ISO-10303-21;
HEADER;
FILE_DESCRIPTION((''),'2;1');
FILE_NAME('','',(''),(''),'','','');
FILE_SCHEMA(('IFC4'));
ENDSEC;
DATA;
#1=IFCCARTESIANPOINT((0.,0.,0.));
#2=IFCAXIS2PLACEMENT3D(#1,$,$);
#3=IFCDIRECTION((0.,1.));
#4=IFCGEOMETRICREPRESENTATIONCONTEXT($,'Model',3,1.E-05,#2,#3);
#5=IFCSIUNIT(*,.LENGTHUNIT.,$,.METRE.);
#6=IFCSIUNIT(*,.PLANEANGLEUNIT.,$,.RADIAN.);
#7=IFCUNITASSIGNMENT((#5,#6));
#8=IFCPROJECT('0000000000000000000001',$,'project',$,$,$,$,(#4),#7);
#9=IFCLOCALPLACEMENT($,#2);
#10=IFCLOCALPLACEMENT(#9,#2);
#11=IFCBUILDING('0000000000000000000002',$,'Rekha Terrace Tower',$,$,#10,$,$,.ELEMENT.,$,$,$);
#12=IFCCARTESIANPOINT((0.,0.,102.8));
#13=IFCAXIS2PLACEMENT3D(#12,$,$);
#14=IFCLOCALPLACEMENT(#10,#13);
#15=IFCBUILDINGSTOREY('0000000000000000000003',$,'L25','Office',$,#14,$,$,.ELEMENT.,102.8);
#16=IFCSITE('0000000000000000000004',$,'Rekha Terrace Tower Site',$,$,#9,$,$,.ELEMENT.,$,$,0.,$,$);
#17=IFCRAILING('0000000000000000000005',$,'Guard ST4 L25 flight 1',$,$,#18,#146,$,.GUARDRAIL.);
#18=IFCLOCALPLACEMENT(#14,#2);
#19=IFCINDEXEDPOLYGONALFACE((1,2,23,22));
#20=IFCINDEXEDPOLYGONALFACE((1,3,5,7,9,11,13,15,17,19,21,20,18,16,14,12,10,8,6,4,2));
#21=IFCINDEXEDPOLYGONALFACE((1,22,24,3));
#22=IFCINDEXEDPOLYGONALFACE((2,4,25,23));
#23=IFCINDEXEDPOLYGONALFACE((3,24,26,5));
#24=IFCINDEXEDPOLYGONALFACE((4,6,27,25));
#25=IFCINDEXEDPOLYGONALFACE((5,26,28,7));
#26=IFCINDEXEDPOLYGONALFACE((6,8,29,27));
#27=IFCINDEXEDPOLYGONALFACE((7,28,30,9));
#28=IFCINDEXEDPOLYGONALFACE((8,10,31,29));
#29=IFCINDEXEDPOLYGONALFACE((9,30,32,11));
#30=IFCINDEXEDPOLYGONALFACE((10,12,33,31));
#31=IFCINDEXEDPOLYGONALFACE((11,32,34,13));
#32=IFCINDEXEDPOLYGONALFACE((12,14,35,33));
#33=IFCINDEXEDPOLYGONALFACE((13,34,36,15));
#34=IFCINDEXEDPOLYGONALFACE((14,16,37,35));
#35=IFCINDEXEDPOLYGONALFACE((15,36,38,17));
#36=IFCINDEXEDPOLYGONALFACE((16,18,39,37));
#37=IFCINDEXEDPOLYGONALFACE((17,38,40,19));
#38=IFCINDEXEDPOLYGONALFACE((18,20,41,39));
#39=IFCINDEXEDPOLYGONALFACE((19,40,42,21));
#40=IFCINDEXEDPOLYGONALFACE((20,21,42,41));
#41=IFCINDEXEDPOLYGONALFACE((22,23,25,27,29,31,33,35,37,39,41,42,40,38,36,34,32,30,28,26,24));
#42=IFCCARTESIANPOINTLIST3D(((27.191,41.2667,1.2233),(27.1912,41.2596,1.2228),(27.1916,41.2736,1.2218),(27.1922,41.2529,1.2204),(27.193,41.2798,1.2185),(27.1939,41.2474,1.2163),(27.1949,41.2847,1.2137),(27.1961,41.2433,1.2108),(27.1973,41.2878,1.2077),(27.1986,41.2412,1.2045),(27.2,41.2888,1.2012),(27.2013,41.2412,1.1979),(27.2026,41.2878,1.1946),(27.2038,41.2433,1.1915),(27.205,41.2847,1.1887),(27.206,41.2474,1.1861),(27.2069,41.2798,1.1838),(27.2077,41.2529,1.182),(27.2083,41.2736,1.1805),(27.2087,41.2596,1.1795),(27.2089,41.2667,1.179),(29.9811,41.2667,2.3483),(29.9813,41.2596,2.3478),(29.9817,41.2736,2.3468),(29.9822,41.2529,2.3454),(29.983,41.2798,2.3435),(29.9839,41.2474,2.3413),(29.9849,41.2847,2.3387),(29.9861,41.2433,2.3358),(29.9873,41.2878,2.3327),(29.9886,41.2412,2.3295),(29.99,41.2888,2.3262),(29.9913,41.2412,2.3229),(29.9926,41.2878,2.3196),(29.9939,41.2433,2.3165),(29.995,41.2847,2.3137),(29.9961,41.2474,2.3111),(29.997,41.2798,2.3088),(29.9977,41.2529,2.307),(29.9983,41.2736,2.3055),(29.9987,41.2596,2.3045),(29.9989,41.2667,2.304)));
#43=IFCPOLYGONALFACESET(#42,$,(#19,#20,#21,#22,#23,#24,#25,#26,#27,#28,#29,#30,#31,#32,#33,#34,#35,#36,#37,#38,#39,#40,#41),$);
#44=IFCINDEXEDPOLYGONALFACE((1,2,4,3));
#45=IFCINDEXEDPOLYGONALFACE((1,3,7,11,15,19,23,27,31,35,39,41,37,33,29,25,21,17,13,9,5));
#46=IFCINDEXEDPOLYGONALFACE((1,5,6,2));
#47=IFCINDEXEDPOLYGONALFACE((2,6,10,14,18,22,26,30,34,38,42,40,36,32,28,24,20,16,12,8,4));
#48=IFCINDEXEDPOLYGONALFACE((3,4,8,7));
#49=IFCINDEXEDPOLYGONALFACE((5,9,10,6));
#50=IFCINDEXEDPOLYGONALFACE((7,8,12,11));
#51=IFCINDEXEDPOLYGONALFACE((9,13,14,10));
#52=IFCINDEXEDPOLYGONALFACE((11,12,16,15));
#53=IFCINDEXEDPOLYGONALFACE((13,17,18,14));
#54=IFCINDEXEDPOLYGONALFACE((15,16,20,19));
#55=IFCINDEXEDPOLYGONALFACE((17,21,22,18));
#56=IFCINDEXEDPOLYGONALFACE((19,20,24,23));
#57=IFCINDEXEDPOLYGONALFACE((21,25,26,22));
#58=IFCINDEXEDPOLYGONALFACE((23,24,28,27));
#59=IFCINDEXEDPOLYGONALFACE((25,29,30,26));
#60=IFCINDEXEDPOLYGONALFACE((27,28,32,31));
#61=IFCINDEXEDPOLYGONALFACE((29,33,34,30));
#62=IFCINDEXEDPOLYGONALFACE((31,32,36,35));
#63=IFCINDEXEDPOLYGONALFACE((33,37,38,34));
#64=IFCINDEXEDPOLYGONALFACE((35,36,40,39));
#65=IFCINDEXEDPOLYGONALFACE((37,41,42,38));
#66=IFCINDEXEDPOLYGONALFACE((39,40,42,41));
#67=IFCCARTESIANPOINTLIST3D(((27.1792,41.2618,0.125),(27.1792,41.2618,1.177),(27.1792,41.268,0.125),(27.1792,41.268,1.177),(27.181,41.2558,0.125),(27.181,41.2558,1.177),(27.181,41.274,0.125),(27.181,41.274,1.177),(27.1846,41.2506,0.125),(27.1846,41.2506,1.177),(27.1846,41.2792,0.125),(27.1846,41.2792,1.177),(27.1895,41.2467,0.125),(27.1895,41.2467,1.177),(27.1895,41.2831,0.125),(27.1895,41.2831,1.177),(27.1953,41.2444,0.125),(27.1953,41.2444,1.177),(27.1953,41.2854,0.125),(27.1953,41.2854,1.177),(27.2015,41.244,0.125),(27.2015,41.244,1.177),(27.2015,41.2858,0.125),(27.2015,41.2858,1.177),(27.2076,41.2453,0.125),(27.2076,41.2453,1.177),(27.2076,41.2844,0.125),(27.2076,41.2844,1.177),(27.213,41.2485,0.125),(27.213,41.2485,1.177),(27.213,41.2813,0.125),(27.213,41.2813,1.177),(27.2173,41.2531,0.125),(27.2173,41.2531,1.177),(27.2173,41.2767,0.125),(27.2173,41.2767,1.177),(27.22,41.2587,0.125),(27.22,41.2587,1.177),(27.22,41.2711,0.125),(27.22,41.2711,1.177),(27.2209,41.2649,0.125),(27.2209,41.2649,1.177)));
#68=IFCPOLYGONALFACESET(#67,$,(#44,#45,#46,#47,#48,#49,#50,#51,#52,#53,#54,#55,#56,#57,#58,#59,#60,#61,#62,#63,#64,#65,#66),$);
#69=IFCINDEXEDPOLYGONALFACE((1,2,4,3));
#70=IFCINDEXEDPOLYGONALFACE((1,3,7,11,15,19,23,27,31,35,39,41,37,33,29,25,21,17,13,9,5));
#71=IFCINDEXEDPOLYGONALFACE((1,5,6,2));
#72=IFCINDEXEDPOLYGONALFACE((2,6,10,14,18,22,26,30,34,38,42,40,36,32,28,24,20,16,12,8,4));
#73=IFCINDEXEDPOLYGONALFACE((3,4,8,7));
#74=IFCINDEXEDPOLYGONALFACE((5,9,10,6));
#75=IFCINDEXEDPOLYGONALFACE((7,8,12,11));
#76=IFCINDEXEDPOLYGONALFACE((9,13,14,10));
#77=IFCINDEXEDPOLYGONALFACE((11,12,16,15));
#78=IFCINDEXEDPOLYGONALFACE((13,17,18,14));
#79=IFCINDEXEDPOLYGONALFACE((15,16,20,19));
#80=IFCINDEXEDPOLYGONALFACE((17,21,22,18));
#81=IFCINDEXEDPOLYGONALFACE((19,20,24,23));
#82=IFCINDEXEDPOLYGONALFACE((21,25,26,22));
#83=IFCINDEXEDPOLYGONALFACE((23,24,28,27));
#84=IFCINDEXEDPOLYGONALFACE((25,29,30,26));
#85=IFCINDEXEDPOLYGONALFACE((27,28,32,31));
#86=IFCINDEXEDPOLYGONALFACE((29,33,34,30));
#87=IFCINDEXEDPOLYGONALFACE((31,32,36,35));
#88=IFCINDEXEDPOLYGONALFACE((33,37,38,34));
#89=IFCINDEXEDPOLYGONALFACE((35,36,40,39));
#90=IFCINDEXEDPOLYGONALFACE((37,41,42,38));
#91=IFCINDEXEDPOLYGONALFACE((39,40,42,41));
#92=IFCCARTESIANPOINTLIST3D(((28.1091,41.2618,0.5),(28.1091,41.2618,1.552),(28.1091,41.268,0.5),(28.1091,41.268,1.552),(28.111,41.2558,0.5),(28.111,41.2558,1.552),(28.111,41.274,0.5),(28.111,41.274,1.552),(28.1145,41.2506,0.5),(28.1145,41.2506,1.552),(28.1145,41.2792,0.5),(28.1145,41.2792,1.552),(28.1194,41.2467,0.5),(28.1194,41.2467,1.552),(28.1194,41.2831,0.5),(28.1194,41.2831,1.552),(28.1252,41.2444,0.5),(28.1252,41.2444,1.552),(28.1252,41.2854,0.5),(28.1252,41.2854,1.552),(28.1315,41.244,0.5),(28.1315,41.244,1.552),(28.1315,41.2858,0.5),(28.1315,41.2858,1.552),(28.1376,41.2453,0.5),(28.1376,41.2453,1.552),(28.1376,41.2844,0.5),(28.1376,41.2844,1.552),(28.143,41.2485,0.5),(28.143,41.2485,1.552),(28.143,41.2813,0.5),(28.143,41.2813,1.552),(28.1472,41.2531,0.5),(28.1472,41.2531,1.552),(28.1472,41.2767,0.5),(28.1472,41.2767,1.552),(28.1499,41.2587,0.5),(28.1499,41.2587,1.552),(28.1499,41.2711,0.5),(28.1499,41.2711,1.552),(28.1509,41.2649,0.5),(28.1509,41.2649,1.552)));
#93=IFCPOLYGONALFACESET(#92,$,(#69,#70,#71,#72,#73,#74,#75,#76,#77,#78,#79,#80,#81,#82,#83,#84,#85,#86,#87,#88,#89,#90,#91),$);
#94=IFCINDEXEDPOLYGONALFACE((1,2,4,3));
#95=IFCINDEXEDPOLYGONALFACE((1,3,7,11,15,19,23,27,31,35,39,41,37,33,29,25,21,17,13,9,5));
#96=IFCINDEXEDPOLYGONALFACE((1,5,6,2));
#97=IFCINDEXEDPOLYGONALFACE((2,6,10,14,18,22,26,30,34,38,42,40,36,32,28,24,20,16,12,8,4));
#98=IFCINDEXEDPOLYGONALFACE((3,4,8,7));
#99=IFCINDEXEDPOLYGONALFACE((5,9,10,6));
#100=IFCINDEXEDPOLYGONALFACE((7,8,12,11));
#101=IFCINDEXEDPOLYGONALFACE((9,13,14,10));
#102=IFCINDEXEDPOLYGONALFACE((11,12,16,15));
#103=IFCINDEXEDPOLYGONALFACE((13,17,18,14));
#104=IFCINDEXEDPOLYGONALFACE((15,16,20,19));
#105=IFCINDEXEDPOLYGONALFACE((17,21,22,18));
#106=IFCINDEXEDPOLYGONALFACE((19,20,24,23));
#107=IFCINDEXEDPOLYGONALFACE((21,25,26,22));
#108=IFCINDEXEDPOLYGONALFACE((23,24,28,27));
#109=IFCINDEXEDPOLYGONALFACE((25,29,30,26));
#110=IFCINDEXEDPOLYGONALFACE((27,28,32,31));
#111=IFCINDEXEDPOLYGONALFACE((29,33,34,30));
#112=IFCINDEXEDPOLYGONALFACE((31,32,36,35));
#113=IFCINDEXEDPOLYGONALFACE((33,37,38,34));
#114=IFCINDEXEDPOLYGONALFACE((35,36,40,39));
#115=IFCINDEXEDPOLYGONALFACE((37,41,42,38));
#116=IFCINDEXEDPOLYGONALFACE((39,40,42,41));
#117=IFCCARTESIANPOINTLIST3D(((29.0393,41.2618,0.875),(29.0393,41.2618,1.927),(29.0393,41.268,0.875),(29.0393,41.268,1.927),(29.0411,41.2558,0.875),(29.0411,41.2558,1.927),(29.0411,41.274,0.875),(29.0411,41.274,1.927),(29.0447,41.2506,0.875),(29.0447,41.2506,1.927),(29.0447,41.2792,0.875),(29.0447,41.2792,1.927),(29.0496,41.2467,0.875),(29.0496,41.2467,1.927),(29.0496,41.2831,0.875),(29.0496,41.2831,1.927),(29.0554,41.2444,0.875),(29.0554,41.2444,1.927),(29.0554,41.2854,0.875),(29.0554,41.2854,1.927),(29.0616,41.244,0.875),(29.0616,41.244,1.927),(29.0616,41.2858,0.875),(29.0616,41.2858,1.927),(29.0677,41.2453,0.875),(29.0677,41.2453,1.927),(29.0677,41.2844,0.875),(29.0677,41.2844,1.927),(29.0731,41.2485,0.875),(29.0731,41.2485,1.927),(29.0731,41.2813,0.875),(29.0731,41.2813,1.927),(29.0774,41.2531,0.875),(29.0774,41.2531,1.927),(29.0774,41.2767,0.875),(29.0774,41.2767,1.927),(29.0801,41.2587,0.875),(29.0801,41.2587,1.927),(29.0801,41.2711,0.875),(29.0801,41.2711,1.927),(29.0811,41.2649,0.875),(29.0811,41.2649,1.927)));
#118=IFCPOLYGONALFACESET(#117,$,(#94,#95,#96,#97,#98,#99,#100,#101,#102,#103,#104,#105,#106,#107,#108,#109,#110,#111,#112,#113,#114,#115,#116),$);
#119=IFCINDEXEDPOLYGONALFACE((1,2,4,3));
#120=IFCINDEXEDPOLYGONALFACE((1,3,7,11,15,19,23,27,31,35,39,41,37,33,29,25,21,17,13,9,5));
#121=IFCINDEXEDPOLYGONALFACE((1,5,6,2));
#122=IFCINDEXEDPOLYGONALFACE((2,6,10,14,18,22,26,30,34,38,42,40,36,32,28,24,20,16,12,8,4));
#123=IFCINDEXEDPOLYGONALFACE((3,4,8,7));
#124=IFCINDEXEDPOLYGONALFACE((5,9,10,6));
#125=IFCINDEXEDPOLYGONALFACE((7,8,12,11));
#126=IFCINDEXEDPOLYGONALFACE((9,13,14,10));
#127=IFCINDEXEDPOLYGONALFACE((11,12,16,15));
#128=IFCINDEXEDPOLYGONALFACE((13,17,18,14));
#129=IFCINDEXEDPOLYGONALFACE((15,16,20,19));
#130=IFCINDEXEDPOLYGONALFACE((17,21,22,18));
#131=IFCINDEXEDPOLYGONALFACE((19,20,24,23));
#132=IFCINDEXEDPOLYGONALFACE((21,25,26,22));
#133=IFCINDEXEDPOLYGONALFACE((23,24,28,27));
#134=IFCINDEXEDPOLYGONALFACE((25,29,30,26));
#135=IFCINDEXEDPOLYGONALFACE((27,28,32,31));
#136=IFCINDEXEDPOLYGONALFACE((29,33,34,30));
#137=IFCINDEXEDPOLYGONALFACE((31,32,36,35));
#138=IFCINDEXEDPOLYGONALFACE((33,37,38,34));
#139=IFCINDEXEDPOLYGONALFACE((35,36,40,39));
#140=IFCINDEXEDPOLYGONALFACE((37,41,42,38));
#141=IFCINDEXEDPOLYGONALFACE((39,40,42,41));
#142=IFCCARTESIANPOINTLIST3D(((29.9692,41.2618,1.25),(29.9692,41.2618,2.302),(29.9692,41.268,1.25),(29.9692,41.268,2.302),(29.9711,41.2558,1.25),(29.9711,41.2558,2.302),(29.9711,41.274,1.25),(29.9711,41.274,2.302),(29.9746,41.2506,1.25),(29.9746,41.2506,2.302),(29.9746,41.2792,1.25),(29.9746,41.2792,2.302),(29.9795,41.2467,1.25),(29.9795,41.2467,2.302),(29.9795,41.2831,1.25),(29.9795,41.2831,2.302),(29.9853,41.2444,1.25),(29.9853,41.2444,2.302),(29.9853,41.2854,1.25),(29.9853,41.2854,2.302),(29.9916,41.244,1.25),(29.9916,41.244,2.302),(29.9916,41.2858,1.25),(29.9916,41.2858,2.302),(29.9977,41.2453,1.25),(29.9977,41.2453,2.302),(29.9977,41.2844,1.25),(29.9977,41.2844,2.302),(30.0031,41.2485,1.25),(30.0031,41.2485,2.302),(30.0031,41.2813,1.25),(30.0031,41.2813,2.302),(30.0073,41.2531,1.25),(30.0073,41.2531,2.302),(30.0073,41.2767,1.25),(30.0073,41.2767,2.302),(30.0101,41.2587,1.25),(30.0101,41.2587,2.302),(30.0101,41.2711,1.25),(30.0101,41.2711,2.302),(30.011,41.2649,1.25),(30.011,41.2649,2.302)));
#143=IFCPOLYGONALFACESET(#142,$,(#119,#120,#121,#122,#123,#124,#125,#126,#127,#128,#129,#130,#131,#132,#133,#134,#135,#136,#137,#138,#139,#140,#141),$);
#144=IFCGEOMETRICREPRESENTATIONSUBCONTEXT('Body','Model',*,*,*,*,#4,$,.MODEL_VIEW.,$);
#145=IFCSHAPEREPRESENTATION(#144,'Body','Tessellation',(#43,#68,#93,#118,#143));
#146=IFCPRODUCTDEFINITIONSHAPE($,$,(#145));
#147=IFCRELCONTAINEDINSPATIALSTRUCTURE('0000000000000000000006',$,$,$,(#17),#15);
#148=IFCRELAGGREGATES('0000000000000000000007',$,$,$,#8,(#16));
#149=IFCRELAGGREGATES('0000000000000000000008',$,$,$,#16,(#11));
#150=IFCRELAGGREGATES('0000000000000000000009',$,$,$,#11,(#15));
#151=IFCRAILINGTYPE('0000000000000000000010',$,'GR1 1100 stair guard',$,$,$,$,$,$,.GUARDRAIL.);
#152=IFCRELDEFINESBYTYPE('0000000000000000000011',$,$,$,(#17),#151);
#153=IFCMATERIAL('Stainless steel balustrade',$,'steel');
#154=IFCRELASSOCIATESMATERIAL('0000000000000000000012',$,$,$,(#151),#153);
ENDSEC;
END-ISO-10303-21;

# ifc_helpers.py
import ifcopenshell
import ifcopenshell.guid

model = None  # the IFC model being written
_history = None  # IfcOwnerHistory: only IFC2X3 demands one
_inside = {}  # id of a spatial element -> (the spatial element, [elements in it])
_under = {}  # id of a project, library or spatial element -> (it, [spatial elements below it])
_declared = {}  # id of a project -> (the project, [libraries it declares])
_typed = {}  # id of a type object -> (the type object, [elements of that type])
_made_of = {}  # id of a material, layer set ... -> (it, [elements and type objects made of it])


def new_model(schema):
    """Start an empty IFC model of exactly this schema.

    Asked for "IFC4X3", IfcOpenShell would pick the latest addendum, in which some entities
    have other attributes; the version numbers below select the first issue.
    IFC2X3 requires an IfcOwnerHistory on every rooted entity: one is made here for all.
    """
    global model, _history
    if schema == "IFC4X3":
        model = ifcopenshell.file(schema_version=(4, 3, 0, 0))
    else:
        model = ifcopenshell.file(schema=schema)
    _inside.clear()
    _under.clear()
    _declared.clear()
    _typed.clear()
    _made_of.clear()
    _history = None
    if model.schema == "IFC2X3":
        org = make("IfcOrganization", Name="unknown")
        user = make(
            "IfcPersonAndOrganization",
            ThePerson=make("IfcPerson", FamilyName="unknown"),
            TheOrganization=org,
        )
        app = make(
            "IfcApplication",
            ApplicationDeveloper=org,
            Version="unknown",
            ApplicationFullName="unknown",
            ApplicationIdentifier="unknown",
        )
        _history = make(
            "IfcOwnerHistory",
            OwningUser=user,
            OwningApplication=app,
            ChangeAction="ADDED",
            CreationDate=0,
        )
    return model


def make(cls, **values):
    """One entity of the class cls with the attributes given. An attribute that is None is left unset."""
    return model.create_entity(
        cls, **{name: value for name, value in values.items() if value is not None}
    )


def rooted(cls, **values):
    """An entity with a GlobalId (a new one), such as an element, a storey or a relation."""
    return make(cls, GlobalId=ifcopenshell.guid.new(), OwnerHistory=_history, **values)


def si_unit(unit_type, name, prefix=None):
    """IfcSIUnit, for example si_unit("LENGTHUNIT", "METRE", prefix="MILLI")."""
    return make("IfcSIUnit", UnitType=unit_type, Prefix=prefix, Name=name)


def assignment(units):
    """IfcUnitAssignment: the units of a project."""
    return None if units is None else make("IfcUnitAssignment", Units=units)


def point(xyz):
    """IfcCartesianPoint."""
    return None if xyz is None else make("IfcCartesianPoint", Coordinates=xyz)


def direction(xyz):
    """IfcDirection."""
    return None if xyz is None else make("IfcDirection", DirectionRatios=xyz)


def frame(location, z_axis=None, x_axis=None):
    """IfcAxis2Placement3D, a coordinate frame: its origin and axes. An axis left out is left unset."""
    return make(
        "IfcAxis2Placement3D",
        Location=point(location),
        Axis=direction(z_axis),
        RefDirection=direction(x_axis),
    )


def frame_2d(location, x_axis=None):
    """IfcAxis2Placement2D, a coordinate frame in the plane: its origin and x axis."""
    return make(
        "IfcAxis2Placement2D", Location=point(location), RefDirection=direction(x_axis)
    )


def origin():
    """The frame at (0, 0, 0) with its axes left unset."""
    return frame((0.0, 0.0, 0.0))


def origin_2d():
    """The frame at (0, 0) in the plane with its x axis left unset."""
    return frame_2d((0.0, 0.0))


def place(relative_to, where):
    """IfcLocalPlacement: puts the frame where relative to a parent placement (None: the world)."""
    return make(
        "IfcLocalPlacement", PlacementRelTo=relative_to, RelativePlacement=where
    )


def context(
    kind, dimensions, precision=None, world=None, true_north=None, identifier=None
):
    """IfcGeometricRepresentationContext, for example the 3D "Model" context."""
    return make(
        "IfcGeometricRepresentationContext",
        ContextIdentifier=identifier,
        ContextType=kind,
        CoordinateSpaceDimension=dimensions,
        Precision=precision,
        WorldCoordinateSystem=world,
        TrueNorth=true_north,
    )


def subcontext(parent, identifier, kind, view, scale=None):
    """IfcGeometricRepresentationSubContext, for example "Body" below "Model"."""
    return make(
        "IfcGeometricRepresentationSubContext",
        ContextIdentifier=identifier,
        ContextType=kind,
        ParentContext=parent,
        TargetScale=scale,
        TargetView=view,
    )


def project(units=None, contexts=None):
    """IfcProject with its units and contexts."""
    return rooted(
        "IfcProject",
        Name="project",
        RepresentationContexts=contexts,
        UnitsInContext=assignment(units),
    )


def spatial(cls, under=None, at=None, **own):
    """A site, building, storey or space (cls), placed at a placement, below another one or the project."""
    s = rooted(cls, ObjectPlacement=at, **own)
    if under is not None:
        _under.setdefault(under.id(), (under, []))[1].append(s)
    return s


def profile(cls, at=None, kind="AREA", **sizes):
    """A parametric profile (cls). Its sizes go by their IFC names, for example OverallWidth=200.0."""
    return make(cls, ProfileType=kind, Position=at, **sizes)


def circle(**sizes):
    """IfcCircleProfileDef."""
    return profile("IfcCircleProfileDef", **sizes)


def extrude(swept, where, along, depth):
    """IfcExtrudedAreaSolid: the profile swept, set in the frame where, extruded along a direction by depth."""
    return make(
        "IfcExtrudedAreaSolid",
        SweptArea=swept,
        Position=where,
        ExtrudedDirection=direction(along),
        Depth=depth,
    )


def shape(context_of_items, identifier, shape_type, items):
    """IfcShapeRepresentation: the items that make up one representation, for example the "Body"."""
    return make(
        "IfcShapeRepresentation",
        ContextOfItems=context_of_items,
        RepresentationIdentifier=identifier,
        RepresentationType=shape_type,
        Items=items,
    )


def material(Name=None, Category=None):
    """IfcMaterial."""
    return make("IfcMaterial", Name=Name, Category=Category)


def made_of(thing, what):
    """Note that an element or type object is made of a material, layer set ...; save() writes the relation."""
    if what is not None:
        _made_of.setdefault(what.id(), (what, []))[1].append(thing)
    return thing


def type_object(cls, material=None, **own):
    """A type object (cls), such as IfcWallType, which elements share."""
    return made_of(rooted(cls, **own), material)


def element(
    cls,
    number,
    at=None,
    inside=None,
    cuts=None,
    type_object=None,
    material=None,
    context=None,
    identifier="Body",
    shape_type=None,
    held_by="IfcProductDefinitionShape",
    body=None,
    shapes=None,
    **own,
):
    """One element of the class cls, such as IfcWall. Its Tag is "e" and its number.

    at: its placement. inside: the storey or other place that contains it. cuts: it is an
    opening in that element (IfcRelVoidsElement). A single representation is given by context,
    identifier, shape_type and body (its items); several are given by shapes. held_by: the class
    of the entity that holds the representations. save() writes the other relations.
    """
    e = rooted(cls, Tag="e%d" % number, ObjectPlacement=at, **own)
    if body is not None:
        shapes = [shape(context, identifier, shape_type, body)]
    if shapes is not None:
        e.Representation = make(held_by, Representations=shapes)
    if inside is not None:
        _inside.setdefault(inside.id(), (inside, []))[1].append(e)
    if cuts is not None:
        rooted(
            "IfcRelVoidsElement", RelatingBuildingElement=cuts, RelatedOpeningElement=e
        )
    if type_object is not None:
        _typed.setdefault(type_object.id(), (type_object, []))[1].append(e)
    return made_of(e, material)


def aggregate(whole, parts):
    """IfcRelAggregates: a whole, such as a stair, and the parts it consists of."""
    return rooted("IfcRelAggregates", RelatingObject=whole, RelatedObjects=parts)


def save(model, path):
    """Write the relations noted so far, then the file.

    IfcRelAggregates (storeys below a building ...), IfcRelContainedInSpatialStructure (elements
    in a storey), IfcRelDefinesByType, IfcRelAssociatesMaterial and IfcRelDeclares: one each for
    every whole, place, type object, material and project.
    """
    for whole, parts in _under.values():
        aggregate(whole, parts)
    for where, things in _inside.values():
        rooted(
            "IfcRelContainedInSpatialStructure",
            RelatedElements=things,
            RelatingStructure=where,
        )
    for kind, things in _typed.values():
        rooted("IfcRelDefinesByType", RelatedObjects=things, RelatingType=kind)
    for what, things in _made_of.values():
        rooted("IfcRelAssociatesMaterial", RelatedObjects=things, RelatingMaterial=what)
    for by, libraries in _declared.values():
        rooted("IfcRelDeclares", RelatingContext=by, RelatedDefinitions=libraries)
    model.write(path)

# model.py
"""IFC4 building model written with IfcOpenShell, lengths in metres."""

from ifc_helpers import new_model, si_unit, direction, frame, origin, origin_2d, place, context, subcontext, project, spatial, circle, extrude, material, type_object, element, save


model = new_model("IFC4")

# Units and contexts
model_context = context("Model", 3, precision=1e-05, world=origin(), true_north=direction((0.0, 1.0)))
body_context = subcontext(model_context, "Body", "Model", "MODEL_VIEW")
ifc_project = project(units=[si_unit("LENGTHUNIT", "METRE"), si_unit("PLANEANGLEUNIT", "RADIAN")], contexts=[model_context])

# Site, building, storey
site_placement = place(None, origin())
site = spatial("IfcSite", under=ifc_project, at=site_placement, Name="Rekha Terrace Tower Site", CompositionType="ELEMENT", RefElevation=0.0)
building_placement = place(site_placement, origin())
building = spatial("IfcBuilding", under=site, at=building_placement, Name="Rekha Terrace Tower", CompositionType="ELEMENT")
storey_placement = place(building_placement, frame((0.0, 0.0, 102.8)))
storey = spatial("IfcBuildingStorey", under=building, at=storey_placement, Name="L25", Description="Office", CompositionType="ELEMENT", Elevation=102.8)

# Railing
ifc_material_1 = material(Name="Stainless steel balustrade", Category="steel")
railing_type_1 = type_object("IfcRailingType", Name="GR1 1100 stair guard", PredefinedType="GUARDRAIL", material=ifc_material_1)
railing_1_placement = place(storey_placement, frame((27.2, 41.2649, 0.125)))
element("IfcRailing", 1, at=railing_1_placement, inside=storey, type_object=railing_type_1, Name="Guard ST4 L25 flight 1", PredefinedType="GUARDRAIL", context=body_context, shape_type="SweptSolid", body=[
    extrude(circle(Radius=0.0239, at=origin_2d()), frame((0.0, 0.0, 1.0762), z_axis=(0.927443, 0.0, 0.373964), x_axis=(0.0, 1.0, 0.0)), (0.0, 0.0, 1.0), 3.0083),
    extrude(circle(Radius=0.021, at=origin_2d()), origin(), (0.0, 0.0, 1.0), 1.052),
    extrude(circle(Radius=0.021, at=origin_2d()), frame((0.9299, 0.0, 0.375)), (0.0, 0.0, 1.0), 1.052),
    extrude(circle(Radius=0.021, at=origin_2d()), frame((1.8601, 0.0, 0.75)), (0.0, 0.0, 1.0), 1.052),
    extrude(circle(Radius=0.021, at=origin_2d()), frame((2.79, 0.0, 1.125)), (0.0, 0.0, 1.0), 1.052),
])

save(model, "model.ifc")
